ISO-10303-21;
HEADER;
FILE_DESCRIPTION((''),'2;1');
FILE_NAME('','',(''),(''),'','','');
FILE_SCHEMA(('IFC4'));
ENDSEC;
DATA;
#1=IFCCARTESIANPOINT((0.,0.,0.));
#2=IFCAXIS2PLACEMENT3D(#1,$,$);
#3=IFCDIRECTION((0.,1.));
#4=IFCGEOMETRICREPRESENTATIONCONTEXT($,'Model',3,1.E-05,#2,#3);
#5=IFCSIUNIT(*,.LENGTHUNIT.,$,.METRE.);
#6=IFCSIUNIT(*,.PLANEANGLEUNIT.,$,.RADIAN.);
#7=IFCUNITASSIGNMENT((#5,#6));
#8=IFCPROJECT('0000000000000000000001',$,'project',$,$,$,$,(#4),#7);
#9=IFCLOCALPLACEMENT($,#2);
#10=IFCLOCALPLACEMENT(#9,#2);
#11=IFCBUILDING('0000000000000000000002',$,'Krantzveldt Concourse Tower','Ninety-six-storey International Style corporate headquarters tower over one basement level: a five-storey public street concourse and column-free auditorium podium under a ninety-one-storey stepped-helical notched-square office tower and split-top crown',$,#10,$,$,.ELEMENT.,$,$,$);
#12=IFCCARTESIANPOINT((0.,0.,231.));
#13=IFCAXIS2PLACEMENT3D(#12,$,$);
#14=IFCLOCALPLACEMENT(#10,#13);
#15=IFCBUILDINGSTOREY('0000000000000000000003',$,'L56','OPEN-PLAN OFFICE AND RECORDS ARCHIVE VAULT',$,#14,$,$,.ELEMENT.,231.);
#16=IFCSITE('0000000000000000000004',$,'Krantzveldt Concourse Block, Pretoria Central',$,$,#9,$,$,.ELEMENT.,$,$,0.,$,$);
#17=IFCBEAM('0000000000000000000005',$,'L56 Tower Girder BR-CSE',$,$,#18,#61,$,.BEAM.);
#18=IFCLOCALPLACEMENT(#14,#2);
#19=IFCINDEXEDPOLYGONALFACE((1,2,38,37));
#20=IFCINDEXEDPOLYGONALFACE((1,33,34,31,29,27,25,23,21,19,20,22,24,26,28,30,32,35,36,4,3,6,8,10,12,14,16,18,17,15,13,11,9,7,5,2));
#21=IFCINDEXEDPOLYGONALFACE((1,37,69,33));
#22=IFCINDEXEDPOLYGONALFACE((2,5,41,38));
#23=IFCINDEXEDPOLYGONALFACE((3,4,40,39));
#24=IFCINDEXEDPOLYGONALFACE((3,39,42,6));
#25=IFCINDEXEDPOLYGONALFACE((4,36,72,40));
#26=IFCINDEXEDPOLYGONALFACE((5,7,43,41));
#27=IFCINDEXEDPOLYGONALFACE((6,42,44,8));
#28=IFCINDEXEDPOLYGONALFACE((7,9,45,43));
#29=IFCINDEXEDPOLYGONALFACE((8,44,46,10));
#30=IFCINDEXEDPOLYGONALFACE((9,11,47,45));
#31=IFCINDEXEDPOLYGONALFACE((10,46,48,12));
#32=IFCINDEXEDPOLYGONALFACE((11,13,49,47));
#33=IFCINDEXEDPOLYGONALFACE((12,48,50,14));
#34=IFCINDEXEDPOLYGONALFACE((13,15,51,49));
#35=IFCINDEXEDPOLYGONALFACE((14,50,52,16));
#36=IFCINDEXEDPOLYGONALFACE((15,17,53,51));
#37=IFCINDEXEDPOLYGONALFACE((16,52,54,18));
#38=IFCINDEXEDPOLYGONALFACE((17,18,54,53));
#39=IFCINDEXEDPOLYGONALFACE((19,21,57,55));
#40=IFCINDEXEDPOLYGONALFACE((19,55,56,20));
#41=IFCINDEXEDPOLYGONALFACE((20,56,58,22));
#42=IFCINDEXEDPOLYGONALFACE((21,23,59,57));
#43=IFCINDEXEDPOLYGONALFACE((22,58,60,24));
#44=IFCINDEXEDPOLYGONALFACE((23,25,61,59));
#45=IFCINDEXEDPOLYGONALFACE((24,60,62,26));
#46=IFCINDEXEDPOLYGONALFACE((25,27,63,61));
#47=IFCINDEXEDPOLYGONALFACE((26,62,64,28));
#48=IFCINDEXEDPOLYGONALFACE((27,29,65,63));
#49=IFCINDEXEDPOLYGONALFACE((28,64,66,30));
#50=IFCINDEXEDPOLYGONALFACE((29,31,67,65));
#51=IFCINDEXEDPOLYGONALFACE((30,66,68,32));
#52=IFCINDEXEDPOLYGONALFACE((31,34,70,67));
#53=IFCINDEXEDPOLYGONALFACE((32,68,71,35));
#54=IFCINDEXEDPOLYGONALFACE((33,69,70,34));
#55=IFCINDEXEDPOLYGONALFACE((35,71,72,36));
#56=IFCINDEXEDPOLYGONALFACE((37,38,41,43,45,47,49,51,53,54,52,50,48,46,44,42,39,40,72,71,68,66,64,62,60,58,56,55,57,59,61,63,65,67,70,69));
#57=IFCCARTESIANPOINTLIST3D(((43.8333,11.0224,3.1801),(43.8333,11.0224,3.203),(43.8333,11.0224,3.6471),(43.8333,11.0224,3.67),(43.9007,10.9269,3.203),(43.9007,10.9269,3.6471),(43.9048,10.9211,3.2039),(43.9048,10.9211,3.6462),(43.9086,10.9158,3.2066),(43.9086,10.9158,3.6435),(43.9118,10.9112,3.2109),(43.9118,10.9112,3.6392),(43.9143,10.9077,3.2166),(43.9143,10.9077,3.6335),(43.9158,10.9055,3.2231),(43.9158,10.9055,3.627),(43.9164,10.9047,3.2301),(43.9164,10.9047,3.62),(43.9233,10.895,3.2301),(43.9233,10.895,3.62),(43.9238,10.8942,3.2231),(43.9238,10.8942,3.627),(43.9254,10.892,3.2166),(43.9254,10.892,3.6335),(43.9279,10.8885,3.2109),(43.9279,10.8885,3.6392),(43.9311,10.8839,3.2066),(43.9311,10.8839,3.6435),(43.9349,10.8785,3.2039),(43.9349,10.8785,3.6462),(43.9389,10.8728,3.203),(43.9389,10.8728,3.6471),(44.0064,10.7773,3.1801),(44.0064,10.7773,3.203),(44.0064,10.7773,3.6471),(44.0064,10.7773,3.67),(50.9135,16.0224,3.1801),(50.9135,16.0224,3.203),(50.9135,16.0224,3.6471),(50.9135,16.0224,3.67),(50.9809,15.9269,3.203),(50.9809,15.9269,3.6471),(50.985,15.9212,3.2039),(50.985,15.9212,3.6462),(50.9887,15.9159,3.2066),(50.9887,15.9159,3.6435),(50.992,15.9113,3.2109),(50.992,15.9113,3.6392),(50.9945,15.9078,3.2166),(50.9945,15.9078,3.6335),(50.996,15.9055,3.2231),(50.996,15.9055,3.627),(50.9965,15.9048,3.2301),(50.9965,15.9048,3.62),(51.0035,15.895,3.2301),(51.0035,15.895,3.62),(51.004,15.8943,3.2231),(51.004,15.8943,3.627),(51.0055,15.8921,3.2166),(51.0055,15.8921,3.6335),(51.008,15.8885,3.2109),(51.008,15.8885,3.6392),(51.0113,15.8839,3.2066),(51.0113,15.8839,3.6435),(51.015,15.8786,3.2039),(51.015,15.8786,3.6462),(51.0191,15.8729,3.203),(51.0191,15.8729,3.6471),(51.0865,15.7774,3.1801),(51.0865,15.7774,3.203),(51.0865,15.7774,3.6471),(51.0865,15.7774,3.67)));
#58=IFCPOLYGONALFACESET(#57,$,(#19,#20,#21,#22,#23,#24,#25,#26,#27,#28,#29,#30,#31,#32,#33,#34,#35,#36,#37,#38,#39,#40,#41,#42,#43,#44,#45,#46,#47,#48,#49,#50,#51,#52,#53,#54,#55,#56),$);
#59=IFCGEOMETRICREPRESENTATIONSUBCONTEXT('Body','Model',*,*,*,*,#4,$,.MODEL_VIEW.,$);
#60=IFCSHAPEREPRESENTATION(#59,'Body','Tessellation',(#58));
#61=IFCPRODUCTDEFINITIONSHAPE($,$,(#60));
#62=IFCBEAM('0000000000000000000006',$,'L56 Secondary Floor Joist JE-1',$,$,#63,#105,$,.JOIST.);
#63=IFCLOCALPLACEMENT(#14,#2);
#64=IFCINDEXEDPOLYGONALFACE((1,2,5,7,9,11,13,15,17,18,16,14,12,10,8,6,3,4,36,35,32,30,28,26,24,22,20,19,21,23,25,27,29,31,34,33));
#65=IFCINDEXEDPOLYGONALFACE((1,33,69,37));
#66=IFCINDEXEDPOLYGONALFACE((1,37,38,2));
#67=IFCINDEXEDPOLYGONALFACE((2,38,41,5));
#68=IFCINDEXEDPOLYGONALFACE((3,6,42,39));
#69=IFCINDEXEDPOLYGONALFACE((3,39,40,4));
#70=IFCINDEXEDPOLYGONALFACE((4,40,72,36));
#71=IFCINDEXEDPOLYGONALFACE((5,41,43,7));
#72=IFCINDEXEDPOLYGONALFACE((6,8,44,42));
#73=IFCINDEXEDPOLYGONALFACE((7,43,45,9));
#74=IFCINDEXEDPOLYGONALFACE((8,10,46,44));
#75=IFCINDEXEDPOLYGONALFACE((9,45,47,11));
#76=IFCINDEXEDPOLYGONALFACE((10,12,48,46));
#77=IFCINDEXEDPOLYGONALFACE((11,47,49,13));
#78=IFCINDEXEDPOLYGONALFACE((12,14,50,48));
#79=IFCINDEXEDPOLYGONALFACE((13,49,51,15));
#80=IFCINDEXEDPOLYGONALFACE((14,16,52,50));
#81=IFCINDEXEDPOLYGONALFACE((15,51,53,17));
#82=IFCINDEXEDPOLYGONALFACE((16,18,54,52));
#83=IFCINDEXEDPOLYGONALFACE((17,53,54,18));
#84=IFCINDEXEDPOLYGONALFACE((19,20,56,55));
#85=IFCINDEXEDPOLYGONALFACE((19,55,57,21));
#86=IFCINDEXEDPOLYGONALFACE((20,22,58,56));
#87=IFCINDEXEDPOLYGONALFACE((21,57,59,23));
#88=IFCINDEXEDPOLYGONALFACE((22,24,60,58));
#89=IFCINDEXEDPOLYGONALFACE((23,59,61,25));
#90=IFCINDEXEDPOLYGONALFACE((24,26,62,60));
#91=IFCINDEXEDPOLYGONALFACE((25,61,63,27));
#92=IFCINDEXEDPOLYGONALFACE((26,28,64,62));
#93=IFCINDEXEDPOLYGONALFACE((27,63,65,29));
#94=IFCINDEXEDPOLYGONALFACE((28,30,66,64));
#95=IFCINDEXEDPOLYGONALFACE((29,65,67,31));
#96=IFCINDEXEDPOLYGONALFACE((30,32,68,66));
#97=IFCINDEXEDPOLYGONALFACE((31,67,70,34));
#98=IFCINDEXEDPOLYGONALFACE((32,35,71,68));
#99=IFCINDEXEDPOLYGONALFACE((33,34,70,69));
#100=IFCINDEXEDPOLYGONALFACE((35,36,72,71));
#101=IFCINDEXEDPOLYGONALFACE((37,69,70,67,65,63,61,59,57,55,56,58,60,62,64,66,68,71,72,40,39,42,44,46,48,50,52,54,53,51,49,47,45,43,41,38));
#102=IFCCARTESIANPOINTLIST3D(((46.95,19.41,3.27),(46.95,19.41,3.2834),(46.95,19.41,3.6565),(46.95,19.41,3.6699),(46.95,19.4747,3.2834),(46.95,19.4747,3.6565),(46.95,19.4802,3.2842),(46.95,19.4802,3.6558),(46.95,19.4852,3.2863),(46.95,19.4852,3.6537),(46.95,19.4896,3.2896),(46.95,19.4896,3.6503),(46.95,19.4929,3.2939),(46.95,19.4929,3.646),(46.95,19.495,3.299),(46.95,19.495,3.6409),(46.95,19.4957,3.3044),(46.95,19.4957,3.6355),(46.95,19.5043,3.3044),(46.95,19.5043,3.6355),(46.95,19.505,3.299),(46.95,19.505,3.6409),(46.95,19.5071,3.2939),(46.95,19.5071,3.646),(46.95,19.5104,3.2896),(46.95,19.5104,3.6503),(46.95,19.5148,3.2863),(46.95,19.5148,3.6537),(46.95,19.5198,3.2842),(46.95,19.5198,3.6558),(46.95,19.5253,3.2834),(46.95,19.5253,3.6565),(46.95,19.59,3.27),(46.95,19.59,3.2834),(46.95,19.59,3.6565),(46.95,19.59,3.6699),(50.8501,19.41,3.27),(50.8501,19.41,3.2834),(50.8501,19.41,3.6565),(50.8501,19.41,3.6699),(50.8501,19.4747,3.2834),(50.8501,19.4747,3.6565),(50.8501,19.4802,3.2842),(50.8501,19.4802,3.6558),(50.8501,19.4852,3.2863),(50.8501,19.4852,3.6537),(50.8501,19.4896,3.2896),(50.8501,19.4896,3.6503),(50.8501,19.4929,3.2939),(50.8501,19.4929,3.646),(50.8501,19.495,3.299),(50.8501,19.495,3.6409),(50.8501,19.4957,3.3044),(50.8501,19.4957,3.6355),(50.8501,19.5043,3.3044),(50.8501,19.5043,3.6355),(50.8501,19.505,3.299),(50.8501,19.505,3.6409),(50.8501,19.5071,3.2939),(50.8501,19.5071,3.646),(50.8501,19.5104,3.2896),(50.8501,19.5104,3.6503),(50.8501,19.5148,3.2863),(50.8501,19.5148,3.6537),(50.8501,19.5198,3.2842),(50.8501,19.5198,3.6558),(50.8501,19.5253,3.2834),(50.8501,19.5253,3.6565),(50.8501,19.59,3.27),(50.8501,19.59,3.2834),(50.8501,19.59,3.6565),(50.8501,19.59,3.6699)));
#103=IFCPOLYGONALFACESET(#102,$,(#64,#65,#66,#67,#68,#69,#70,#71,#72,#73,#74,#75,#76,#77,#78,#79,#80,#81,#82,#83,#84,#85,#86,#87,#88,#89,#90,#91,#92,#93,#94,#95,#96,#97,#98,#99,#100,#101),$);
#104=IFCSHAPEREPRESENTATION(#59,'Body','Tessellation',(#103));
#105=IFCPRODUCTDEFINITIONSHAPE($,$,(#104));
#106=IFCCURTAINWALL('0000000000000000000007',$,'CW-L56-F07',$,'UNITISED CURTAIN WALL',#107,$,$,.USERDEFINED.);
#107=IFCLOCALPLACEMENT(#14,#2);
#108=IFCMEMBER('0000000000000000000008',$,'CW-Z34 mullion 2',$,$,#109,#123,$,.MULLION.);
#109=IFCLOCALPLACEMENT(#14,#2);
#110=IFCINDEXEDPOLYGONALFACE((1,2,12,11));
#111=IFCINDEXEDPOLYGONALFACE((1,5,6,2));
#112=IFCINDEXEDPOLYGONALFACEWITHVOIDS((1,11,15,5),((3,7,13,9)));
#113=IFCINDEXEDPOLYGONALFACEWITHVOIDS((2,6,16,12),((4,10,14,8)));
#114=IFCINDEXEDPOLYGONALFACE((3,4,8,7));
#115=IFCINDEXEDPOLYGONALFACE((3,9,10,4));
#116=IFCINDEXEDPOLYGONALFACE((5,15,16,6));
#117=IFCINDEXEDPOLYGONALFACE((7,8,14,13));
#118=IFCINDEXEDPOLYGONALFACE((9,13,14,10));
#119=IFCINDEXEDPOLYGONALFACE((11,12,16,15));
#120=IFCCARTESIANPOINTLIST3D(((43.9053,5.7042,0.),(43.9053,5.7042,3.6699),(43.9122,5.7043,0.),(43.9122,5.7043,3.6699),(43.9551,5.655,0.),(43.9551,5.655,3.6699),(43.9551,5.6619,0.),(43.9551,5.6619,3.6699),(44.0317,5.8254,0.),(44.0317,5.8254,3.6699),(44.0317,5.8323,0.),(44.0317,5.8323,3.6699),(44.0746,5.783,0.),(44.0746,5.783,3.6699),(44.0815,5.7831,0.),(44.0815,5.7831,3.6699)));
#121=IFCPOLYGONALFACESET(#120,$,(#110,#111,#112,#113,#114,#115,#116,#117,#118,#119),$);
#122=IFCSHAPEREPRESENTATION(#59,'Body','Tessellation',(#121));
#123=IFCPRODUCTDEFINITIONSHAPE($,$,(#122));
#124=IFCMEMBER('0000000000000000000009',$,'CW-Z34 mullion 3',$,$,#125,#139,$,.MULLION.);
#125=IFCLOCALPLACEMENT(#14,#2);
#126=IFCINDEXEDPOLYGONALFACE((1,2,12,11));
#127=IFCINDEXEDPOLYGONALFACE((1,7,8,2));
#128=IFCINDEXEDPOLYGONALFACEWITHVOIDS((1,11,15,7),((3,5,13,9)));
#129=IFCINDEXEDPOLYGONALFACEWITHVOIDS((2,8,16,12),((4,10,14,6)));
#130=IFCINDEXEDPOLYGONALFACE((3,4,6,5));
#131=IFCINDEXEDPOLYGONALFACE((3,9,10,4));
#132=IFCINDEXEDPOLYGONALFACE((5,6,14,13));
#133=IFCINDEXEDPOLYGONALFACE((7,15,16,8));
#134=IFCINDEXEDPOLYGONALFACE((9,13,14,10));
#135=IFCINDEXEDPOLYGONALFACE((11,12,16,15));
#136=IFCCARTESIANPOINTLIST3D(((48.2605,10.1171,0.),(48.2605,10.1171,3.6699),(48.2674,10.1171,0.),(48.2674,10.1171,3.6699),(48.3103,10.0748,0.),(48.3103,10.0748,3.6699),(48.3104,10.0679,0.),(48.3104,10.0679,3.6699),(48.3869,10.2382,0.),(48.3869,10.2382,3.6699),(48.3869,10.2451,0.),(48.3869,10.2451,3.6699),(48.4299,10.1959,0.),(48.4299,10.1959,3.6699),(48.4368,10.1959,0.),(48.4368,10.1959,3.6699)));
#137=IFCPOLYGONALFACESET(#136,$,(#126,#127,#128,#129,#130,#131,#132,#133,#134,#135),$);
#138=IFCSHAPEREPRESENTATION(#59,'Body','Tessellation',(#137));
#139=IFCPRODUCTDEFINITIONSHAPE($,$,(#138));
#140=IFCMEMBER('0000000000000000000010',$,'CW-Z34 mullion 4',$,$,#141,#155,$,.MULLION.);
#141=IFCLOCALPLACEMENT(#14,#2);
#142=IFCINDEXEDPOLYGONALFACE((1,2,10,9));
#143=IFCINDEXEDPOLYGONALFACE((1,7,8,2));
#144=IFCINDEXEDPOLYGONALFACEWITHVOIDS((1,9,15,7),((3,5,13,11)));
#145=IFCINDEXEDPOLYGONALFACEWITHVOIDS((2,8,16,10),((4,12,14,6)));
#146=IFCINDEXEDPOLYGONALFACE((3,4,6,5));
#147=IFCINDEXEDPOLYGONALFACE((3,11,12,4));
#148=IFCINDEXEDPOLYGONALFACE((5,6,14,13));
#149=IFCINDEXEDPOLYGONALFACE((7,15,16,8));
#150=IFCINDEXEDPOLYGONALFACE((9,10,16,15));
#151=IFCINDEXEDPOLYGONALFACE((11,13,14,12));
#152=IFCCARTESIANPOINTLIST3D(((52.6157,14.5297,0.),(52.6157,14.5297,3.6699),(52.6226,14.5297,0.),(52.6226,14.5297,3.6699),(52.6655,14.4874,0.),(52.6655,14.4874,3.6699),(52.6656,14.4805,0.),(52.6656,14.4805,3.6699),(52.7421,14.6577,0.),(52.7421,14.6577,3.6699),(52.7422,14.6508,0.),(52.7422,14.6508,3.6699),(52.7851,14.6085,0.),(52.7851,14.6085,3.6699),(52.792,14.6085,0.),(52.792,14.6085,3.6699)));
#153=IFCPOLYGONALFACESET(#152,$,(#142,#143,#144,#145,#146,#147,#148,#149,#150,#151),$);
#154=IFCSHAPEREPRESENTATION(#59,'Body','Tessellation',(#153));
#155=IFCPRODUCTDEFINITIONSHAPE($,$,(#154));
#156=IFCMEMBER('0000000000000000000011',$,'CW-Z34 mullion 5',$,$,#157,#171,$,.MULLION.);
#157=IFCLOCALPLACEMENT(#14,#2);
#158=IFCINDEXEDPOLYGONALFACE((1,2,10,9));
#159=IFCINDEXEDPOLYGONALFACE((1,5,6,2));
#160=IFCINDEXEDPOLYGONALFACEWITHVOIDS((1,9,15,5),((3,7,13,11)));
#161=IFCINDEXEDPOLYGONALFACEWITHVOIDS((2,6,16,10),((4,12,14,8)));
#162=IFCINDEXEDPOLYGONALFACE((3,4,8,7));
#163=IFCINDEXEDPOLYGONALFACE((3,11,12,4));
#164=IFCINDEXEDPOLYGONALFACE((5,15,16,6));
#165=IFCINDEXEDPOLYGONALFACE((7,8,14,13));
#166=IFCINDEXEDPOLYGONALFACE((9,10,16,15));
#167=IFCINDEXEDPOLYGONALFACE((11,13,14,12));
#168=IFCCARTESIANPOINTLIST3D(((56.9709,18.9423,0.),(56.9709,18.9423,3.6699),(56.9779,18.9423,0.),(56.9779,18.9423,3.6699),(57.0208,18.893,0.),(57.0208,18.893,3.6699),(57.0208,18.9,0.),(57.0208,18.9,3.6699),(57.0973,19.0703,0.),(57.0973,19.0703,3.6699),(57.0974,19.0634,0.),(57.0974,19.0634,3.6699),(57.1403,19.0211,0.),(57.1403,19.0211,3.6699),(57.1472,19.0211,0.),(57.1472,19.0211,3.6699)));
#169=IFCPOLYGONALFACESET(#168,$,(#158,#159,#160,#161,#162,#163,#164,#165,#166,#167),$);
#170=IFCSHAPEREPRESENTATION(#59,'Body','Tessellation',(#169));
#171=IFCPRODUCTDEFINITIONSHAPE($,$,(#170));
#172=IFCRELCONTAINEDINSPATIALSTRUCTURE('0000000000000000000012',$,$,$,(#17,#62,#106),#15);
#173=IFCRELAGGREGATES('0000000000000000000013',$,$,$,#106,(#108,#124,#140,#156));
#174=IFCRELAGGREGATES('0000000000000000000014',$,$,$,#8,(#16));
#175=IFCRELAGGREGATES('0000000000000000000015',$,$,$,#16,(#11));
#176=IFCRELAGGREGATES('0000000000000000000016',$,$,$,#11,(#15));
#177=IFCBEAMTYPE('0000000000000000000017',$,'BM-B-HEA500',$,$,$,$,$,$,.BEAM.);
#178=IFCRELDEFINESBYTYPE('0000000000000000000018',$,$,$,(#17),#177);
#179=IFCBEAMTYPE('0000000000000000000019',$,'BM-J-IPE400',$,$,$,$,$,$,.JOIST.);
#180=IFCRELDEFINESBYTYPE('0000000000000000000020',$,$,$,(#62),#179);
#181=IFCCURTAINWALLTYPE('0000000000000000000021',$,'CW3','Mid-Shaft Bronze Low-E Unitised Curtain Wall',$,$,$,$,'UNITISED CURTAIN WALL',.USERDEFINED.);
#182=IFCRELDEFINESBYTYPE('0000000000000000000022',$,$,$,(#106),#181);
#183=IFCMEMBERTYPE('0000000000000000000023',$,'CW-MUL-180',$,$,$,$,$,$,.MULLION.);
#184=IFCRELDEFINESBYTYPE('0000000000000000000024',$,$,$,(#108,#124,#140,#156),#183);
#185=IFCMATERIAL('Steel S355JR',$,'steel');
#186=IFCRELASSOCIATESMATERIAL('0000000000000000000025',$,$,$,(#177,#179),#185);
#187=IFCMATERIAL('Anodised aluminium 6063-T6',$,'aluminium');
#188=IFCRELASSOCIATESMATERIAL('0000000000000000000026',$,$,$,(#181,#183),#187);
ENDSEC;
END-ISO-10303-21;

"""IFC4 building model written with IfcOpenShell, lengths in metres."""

from ifc_helpers import new_model, si_unit, direction, frame, origin, origin_2d, place, context, subcontext, project, spatial, hollow_rectangle, i_section, extrude, source, transform, mapped, material, material_profile, profile_set, type_object, type_shapes, element, aggregate, save


model = new_model("IFC4")

# Units and contexts
model_context = context("Model", 3, precision=1e-05, world=origin(), true_north=direction((0.0, 1.0)))
body_context = subcontext(model_context, "Body", "Model", "MODEL_VIEW")
ifc_project = project(units=[si_unit("LENGTHUNIT", "METRE"), si_unit("PLANEANGLEUNIT", "RADIAN")], contexts=[model_context])

# Site, building, storey
site_placement = place(None, origin())
site = spatial("IfcSite", under=ifc_project, at=site_placement, Name="Krantzveldt Concourse Block, Pretoria Central", CompositionType="ELEMENT", RefElevation=0.0)
building_placement = place(site_placement, origin())
building = spatial("IfcBuilding", under=site, at=building_placement, Name="Krantzveldt Concourse Tower", Description="Ninety-six-storey International Style corporate headquarters tower over one basement level: a five-storey public street concourse and column-free auditorium podium under a ninety-one-storey stepped-helical notched-square office tower and split-top crown", CompositionType="ELEMENT")
storey_placement = place(building_placement, frame((0.0, 0.0, 231.0)))
storey = spatial("IfcBuildingStorey", under=building, at=storey_placement, Name="L56", Description="OPEN-PLAN OFFICE AND RECORDS ARCHIVE VAULT", CompositionType="ELEMENT", Elevation=231.0)

# Beams
ifc_material_1 = material(Name="Steel S355JR", Category="steel")
ifc_material_profile_1 = material_profile(ifc_material_1, i_section(OverallWidth=0.3, OverallDepth=0.49, WebThickness=0.012, FlangeThickness=0.0229, FilletRadius=0.0271, at=origin_2d()), Name="Steel S355JR", Category="steel")
ifc_profile_set_1 = profile_set([ifc_material_profile_1], Name="Steel S355JR - HEA 500")
beam_type_1 = type_object("IfcBeamType", Name="BM-B-HEA500", PredefinedType="BEAM", material=ifc_profile_set_1)
shared_shape_1 = source(origin(), body_context, "Body", "SweptSolid", [
    extrude(i_section(OverallWidth=0.3, OverallDepth=0.49, WebThickness=0.012, FlangeThickness=0.0229, FilletRadius=0.0271, at=origin_2d()), origin(), (0.0, 0.0, 1.0), 8.6677),
])
beam_1_placement = place(storey_placement, frame((51.0, 15.8999, 3.425), z_axis=(-0.816843, -0.57686, 0.0), x_axis=(0.57686, -0.816843, 0.0)))
element("IfcBeam", 1, at=beam_1_placement, inside=storey, type_object=beam_type_1, Name="L56 Tower Girder BR-CSE", PredefinedType="BEAM", context=body_context, shape_type="MappedRepresentation", body=[
    mapped(shared_shape_1, transform((0.0, 0.0, 0.0), x_axis=(1.0, 0.0, 0.0), y_axis=(0.0, 1.0, 0.0), z_axis=(0.0, 0.0, 1.0), scale=1.0)),
])
ifc_material_profile_2 = material_profile(ifc_material_1, i_section(OverallWidth=0.1799, OverallDepth=0.3999, WebThickness=0.0085, FlangeThickness=0.0134, FilletRadius=0.021, at=origin_2d()), Name="Steel S355JR", Category="steel")
ifc_profile_set_2 = profile_set([ifc_material_profile_2], Name="Steel S355JR - IPE 400")
beam_type_2 = type_object("IfcBeamType", Name="BM-J-IPE400", PredefinedType="JOIST", material=ifc_profile_set_2)
shared_shape_2 = source(origin(), body_context, "Body", "SweptSolid", [
    extrude(i_section(OverallWidth=0.1799, OverallDepth=0.3999, WebThickness=0.0085, FlangeThickness=0.0134, FilletRadius=0.021, at=origin_2d()), origin(), (0.0, 0.0, 1.0), 3.9001),
])
type_shapes(beam_type_2, [shared_shape_2])
beam_2_placement = place(storey_placement, frame((46.95, 19.5, 3.47), z_axis=(1.0, 0.0, 0.0), x_axis=(0.0, 1.0, 0.0)))
element("IfcBeam", 2, at=beam_2_placement, inside=storey, type_object=beam_type_2, Name="L56 Secondary Floor Joist JE-1", PredefinedType="JOIST", context=body_context, shape_type="MappedRepresentation", body=[
    mapped(shared_shape_2, transform((0.0, 0.0, 0.0), x_axis=(1.0, 0.0, 0.0), y_axis=(0.0, 1.0, 0.0), z_axis=(0.0, 0.0, 1.0), scale=1.0)),
])

# Curtain wall, members
ifc_material_2 = material(Name="Anodised aluminium 6063-T6", Category="aluminium")
curtain_wall_type = type_object("IfcCurtainWallType", Name="CW3", Description="Mid-Shaft Bronze Low-E Unitised Curtain Wall", ElementType="UNITISED CURTAIN WALL", PredefinedType="USERDEFINED", material=ifc_material_2)
curtain_wall_placement = place(storey_placement, origin())
curtain_wall = element("IfcCurtainWall", 3, at=curtain_wall_placement, inside=storey, type_object=curtain_wall_type, Name="CW-L56-F07", ObjectType="UNITISED CURTAIN WALL", PredefinedType="USERDEFINED")
ifc_material_profile_3 = material_profile(ifc_material_2, hollow_rectangle(XDim=0.0701, YDim=0.1799, WallThickness=0.0049, at=origin_2d()), Name="Anodised aluminium 6063-T6", Category="aluminium")
ifc_profile_set_3 = profile_set([ifc_material_profile_3], Name="Anodised aluminium 6063-T6 - ALU-MULL 180x70x5")
member_type_1 = type_object("IfcMemberType", Name="CW-MUL-180", PredefinedType="MULLION", material=ifc_profile_set_3)
shared_shape_3 = source(origin(), body_context, "Body", "SweptSolid", [
    extrude(hollow_rectangle(XDim=0.0701, YDim=0.1799, WallThickness=0.0049, at=origin_2d()), origin(), (0.0, 0.0, 1.0), 3.6699),
])
type_shapes(member_type_1, [shared_shape_3])
member_1_placement = place(storey_placement, frame((43.9934, 5.7437, 0.0), z_axis=(0.0, 0.0, 1.0), x_axis=(-0.71172, 0.702464, 0.0)))
member_1 = element("IfcMember", 4, at=member_1_placement, type_object=member_type_1, Name="CW-Z34 mullion 2", PredefinedType="MULLION", context=body_context, shape_type="MappedRepresentation", body=[
    mapped(shared_shape_3, transform((0.0, 0.0, 0.0), x_axis=(1.0, 0.0, 0.0), y_axis=(0.0, 1.0, 0.0), z_axis=(0.0, 0.0, 1.0), scale=1.0)),
])
member_2_placement = place(storey_placement, frame((48.3486, 10.1565, 0.0), z_axis=(0.0, 0.0, 1.0), x_axis=(-0.71172, 0.702464, 0.0)))
member_2 = element("IfcMember", 5, at=member_2_placement, type_object=member_type_1, Name="CW-Z34 mullion 3", PredefinedType="MULLION", context=body_context, shape_type="MappedRepresentation", body=[
    mapped(shared_shape_3, transform((0.0, 0.0, 0.0), x_axis=(1.0, 0.0, 0.0), y_axis=(0.0, 1.0, 0.0), z_axis=(0.0, 0.0, 1.0), scale=1.0)),
])
member_3_placement = place(storey_placement, frame((52.7039, 14.5691, 0.0), z_axis=(0.0, 0.0, 1.0), x_axis=(-0.71172, 0.702464, 0.0)))
member_3 = element("IfcMember", 6, at=member_3_placement, type_object=member_type_1, Name="CW-Z34 mullion 4", PredefinedType="MULLION", context=body_context, shape_type="MappedRepresentation", body=[
    mapped(shared_shape_3, transform((0.0, 0.0, 0.0), x_axis=(1.0, 0.0, 0.0), y_axis=(0.0, 1.0, 0.0), z_axis=(0.0, 0.0, 1.0), scale=1.0)),
])
member_4_placement = place(storey_placement, frame((57.0591, 18.9817, 0.0), z_axis=(0.0, 0.0, 1.0), x_axis=(-0.71172, 0.702464, 0.0)))
member_4 = element("IfcMember", 7, at=member_4_placement, type_object=member_type_1, Name="CW-Z34 mullion 5", PredefinedType="MULLION", context=body_context, shape_type="MappedRepresentation", body=[
    mapped(shared_shape_3, transform((0.0, 0.0, 0.0), x_axis=(1.0, 0.0, 0.0), y_axis=(0.0, 1.0, 0.0), z_axis=(0.0, 0.0, 1.0), scale=1.0)),
])
aggregate(curtain_wall, [member_1, member_2, member_3, member_4])

save(model, "model.ifc")
